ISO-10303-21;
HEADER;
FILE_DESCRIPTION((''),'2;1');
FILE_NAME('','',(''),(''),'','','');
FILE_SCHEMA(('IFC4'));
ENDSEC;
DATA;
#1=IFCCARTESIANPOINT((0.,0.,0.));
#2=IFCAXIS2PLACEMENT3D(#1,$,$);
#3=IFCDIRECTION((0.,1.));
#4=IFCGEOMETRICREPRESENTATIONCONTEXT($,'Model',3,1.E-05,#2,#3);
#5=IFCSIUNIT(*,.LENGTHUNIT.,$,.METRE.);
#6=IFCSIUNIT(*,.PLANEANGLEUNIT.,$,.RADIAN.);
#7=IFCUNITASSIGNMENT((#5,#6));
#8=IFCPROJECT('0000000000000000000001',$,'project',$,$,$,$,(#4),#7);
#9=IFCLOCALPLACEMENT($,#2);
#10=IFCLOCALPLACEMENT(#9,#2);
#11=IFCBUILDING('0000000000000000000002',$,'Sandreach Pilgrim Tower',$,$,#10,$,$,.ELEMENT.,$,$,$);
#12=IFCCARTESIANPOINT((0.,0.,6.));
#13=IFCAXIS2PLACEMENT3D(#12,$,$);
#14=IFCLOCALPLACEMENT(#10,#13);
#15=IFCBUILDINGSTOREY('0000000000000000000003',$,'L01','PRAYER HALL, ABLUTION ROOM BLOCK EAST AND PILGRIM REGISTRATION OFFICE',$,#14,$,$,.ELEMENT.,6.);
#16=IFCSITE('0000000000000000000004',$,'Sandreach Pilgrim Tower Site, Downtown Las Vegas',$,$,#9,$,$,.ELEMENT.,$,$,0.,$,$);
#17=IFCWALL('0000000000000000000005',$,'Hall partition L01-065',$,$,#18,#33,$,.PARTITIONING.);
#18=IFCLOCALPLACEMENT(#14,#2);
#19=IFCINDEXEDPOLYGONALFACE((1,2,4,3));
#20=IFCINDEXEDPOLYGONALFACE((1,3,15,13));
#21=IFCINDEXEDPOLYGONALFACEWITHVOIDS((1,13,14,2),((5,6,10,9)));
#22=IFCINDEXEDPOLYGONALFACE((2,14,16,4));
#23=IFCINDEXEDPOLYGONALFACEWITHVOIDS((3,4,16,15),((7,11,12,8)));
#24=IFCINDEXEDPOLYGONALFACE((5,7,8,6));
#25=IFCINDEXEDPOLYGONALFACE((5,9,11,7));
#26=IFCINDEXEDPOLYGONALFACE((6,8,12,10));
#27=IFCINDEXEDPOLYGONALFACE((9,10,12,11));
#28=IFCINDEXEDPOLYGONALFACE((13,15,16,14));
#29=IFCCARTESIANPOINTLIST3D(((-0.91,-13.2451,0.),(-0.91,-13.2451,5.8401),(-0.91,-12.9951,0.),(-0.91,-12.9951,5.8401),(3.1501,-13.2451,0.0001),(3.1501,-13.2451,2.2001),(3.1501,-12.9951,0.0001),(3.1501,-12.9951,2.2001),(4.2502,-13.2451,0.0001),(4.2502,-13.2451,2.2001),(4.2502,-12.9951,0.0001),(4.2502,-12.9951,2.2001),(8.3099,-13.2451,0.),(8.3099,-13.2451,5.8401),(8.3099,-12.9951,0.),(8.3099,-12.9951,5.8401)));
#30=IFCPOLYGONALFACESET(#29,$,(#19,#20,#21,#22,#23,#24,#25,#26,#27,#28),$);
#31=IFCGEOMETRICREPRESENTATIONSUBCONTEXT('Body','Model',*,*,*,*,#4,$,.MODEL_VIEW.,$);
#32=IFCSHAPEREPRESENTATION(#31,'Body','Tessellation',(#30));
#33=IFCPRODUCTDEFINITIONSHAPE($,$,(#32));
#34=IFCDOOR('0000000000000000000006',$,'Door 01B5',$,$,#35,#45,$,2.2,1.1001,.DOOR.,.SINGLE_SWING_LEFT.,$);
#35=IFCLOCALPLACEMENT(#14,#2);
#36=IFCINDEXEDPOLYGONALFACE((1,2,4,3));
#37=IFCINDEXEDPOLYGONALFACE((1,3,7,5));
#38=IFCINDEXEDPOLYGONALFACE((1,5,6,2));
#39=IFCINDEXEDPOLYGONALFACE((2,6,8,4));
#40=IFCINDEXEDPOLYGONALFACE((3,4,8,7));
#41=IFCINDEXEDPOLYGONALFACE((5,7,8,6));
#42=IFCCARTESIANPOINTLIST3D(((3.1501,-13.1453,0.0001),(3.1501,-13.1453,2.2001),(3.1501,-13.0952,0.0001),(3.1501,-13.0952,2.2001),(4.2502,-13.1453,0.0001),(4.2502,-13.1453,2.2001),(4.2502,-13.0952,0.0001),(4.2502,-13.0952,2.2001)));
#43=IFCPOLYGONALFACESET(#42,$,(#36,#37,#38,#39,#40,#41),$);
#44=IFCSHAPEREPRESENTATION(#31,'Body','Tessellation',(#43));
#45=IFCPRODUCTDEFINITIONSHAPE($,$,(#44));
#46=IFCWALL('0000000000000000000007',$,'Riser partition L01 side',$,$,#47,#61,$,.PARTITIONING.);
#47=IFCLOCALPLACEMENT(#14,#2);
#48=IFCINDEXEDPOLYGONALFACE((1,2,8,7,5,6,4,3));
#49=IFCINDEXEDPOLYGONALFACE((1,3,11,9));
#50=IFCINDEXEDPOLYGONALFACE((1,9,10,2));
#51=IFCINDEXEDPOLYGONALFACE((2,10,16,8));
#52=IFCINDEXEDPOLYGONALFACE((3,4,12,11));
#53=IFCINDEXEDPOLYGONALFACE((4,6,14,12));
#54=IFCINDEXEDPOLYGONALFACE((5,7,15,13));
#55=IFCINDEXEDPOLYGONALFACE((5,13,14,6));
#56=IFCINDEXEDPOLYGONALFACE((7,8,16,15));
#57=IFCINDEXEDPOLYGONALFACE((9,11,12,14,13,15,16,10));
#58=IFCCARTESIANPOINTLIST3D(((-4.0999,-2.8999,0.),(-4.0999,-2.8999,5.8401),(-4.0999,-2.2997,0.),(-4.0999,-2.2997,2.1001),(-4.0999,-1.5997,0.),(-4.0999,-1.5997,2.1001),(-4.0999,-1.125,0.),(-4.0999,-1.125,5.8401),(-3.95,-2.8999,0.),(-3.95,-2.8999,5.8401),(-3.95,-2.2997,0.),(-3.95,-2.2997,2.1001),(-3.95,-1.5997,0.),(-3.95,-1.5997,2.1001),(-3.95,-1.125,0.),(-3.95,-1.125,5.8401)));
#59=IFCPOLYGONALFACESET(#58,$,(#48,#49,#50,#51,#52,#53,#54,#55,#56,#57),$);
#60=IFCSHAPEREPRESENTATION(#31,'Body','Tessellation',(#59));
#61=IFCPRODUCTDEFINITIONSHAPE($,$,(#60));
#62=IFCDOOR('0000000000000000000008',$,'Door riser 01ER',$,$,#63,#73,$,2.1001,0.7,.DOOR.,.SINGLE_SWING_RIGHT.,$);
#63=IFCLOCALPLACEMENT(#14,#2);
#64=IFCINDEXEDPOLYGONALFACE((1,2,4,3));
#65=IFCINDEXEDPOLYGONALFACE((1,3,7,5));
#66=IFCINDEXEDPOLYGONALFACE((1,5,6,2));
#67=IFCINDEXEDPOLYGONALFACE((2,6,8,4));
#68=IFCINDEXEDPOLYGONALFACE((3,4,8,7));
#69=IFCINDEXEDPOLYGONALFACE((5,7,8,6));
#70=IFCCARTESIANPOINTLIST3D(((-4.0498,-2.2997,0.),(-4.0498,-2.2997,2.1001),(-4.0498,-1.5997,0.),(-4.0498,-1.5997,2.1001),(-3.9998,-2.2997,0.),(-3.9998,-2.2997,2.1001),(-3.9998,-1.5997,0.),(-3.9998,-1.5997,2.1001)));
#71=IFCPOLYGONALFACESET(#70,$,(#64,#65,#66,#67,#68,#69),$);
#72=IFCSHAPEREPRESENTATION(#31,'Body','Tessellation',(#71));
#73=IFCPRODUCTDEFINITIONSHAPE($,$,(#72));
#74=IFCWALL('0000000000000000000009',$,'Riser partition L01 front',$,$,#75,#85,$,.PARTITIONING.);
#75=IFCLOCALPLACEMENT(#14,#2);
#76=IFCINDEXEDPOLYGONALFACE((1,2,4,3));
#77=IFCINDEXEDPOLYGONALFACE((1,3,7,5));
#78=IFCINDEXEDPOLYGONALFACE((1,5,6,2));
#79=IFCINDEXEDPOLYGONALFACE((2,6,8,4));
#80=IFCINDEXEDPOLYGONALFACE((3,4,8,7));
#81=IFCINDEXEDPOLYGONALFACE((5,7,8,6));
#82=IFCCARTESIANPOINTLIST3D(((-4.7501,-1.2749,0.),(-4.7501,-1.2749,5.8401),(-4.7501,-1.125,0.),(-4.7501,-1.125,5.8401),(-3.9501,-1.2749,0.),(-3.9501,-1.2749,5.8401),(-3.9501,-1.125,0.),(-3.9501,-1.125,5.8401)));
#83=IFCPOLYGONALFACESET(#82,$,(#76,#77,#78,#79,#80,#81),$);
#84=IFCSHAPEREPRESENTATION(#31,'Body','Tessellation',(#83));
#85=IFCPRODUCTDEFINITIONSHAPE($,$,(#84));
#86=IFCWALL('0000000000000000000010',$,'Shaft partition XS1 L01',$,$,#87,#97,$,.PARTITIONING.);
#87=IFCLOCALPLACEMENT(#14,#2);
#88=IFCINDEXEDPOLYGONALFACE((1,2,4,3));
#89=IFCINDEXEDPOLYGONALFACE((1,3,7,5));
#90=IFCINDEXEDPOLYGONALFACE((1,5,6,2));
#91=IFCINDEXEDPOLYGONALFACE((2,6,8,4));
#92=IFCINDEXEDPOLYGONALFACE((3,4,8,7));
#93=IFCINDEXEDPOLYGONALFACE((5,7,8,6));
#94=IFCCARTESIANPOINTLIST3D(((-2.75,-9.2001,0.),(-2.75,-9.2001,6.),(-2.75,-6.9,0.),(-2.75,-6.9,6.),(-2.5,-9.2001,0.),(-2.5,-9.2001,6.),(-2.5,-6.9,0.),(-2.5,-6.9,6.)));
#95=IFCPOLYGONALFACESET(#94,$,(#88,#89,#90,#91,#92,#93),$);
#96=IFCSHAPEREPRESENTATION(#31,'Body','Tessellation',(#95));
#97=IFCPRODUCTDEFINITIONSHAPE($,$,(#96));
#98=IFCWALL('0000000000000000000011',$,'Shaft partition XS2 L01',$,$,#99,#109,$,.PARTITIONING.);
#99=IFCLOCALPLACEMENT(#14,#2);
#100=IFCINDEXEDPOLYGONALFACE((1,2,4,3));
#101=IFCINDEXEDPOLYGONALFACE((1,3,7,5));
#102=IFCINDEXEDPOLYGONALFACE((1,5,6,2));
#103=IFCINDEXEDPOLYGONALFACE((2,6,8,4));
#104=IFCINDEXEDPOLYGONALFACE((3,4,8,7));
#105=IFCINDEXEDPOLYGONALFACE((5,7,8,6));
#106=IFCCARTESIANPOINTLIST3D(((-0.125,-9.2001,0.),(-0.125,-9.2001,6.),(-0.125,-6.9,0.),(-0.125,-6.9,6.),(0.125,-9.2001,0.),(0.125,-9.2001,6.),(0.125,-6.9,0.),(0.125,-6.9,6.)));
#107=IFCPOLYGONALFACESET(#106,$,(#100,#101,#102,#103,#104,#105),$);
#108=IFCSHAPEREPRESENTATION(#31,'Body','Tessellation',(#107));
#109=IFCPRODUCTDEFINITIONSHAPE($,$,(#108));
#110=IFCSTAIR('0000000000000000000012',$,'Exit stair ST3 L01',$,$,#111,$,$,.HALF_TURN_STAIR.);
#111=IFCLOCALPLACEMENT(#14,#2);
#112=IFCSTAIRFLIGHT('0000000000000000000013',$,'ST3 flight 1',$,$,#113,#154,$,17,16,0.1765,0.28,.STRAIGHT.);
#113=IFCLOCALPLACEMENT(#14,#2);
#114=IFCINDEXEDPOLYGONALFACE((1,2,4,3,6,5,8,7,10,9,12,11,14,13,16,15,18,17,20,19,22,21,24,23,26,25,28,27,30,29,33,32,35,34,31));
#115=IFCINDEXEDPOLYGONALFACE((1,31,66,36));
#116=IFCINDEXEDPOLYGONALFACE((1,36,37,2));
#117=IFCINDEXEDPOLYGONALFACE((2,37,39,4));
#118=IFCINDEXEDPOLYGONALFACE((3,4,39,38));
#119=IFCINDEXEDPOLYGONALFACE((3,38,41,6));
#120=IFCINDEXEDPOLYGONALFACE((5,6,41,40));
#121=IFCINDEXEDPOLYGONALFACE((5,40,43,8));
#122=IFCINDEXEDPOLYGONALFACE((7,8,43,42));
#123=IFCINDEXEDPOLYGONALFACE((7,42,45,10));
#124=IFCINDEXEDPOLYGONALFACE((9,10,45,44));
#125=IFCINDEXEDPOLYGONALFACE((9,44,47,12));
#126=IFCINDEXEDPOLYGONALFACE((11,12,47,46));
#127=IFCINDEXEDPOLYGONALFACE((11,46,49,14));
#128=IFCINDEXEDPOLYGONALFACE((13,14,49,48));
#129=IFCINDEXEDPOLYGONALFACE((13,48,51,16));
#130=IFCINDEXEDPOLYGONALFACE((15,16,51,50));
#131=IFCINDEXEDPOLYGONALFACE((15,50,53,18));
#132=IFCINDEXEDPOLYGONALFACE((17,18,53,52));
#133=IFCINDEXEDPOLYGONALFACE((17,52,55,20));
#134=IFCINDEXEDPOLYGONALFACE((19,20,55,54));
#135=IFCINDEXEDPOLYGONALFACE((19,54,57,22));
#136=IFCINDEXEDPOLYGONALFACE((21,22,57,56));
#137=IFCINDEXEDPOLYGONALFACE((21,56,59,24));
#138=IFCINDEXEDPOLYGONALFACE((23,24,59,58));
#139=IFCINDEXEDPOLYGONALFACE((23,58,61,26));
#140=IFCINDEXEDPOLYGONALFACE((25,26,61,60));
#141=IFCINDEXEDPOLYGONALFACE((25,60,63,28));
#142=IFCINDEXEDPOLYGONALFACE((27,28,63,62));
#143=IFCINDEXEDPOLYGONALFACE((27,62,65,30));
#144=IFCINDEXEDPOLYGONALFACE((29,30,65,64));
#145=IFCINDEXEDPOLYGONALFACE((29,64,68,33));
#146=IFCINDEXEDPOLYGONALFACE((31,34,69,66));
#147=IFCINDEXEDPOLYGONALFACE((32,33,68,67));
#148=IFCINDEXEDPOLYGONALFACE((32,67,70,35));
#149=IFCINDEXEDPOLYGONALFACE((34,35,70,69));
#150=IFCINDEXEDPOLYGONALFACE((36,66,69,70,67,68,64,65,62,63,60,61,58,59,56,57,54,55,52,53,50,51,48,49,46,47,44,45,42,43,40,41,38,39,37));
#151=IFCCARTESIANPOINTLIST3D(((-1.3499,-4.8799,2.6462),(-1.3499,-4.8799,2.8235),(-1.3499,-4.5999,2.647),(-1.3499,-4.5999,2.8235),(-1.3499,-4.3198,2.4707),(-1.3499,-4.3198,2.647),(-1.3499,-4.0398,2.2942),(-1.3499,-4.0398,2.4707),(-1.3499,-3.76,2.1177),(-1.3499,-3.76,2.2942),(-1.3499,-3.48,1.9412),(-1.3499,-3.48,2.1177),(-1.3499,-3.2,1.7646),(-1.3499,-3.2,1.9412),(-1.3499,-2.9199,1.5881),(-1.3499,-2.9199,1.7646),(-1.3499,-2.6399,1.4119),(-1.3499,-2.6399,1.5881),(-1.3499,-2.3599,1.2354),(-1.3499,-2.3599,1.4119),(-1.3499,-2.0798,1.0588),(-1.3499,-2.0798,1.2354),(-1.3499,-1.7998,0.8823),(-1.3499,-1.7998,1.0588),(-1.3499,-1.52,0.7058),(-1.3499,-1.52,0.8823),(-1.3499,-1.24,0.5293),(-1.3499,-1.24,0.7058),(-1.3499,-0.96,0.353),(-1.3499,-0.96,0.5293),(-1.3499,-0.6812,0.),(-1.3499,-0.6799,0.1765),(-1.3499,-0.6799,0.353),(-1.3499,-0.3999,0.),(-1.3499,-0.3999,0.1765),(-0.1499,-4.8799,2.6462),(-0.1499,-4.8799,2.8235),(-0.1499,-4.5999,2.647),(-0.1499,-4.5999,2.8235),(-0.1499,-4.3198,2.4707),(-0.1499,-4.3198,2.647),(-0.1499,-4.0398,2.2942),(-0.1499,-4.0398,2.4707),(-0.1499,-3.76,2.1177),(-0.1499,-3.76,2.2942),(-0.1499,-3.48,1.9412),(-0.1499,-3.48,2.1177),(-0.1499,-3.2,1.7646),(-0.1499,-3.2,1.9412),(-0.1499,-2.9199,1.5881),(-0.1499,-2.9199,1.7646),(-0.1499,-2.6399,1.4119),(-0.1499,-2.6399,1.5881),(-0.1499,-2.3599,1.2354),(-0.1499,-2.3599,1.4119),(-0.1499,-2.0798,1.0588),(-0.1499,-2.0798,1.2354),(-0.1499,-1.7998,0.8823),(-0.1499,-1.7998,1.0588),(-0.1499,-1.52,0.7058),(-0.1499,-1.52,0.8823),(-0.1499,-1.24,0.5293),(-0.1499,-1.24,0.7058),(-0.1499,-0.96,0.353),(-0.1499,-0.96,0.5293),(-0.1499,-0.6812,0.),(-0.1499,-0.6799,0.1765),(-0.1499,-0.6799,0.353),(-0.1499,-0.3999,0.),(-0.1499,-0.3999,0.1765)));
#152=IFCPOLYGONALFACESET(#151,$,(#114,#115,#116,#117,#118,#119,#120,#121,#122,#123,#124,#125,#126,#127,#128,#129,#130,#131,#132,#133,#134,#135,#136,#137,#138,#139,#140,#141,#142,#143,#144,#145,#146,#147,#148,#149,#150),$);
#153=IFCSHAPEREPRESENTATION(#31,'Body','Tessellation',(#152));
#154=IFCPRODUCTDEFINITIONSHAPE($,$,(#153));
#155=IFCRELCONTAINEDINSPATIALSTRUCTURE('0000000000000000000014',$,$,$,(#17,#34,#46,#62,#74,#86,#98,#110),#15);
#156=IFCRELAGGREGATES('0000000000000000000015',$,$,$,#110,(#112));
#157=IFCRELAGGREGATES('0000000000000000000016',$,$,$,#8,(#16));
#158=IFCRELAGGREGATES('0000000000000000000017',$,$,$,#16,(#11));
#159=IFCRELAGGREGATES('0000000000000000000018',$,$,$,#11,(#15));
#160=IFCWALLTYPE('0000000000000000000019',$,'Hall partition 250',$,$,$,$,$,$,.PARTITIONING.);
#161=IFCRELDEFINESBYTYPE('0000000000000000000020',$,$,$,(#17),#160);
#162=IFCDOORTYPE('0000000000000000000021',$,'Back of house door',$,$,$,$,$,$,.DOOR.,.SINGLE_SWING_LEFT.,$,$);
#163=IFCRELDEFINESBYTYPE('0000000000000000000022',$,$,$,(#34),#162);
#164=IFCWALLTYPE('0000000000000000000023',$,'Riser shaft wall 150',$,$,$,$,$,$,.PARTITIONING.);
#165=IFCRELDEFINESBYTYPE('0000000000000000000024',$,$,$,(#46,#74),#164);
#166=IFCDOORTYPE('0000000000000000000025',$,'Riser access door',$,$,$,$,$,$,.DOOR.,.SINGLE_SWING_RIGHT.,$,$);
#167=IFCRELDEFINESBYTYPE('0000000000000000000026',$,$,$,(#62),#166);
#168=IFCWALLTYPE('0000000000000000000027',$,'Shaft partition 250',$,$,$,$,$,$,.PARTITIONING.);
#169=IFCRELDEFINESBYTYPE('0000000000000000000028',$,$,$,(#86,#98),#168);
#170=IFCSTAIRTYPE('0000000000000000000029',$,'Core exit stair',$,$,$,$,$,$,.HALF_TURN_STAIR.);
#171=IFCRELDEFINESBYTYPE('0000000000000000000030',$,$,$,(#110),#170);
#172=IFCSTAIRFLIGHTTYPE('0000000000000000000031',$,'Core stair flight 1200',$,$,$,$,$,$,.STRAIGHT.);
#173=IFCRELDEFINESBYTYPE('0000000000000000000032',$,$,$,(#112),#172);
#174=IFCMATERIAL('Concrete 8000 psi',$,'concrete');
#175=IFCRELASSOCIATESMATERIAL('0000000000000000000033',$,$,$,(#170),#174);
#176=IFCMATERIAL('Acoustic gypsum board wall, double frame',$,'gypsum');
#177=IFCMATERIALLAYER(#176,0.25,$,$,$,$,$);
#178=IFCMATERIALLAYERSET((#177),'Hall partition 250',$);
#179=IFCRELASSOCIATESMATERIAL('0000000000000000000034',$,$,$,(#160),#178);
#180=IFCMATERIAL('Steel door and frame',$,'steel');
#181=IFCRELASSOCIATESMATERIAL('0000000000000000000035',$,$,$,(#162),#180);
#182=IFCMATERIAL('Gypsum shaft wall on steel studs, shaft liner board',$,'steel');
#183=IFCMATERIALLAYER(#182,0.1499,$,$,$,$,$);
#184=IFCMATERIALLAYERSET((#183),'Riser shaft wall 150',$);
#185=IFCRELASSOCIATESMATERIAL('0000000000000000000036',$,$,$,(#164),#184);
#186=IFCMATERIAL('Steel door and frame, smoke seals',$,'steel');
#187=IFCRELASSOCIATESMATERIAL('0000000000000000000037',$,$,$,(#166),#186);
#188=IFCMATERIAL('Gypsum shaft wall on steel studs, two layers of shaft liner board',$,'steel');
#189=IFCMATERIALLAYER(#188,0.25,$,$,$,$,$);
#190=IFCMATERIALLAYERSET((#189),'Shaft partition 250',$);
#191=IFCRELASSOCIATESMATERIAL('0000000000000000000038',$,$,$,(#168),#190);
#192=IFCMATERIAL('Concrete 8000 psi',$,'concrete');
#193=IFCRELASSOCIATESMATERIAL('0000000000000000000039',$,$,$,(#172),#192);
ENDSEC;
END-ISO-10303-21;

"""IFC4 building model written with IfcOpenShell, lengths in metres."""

from ifc_helpers import new_model, si_unit, direction, frame, frame_2d, origin, place, context, subcontext, project, spatial, polyline, rectangle, outline, extrude, material, layer, layer_set, type_object, element, fill, aggregate, save


model = new_model("IFC4")

# Units and contexts
model_context = context("Model", 3, precision=1e-05, world=origin(), true_north=direction((0.0, 1.0)))
body_context = subcontext(model_context, "Body", "Model", "MODEL_VIEW")
ifc_project = project(units=[si_unit("LENGTHUNIT", "METRE"), si_unit("PLANEANGLEUNIT", "RADIAN")], contexts=[model_context])

# Site, building, storey
site_placement = place(None, origin())
site = spatial("IfcSite", under=ifc_project, at=site_placement, Name="Sandreach Pilgrim Tower Site, Downtown Las Vegas", CompositionType="ELEMENT", RefElevation=0.0)
building_placement = place(site_placement, origin())
building = spatial("IfcBuilding", under=site, at=building_placement, Name="Sandreach Pilgrim Tower", CompositionType="ELEMENT")
storey_placement = place(building_placement, frame((0.0, 0.0, 6.0)))
storey = spatial("IfcBuildingStorey", under=building, at=storey_placement, Name="L01", Description="PRAYER HALL, ABLUTION ROOM BLOCK EAST AND PILGRIM REGISTRATION OFFICE", CompositionType="ELEMENT", Elevation=6.0)

# Shared definitions
ifc_material_1 = material(Name="Concrete 8000 psi", Category="concrete")
stair_type = type_object("IfcStairType", Name="Core exit stair", PredefinedType="HALF_TURN_STAIR", material=ifc_material_1)

# Shared definitions
ifc_material_2 = material(Name="Acoustic gypsum board wall, double frame", Category="gypsum")
ifc_layer_1 = layer(ifc_material_2, 0.25)
ifc_layer_set_1 = layer_set([ifc_layer_1], Name="Hall partition 250")
wall_type_1 = type_object("IfcWallType", Name="Hall partition 250", PredefinedType="PARTITIONING", material=ifc_layer_set_1)

# Shared definitions
ifc_material_3 = material(Name="Steel door and frame", Category="steel")
door_type_1 = type_object("IfcDoorType", Name="Back of house door", OperationType="SINGLE_SWING_LEFT", PredefinedType="DOOR", material=ifc_material_3)

# Walls, openings, doors
wall_1_placement = place(storey_placement, frame((-0.9099, -13.1201, 0.0), z_axis=(0.0, 0.0, 1.0), x_axis=(1.0, 0.0, 0.0)))
wall_1 = element("IfcWall", 1, at=wall_1_placement, inside=storey, type_object=wall_type_1, Name="Hall partition L01-065", PredefinedType="PARTITIONING", context=body_context, shape_type="SweptSolid", body=[
    extrude(rectangle(XDim=9.22, YDim=0.25, at=frame_2d((4.6099, 0.0))), origin(), (0.0, 0.0, 1.0), 5.8401),
])
opening_1_placement = place(wall_1_placement, frame((4.0601, 0.0, 0.0)))
opening_1 = element("IfcOpeningElement", 2, at=opening_1_placement, cuts=wall_1, PredefinedType="OPENING", context=body_context, shape_type="SweptSolid", body=[
    extrude(rectangle(XDim=1.1001, YDim=2.2, at=frame_2d((0.55, 1.1001))), frame((0.0, 0.125, 0.0), z_axis=(0.0, -1.0, 0.0), x_axis=(1.0, 0.0, 0.0)), (0.0, 0.0, 1.0), 0.25),
])
door_1_placement = place(opening_1_placement, origin())
door_1 = element("IfcDoor", 3, at=door_1_placement, inside=storey, type_object=door_type_1, Name="Door 01B5", OperationType="SINGLE_SWING_LEFT", OverallHeight=2.2, OverallWidth=1.1001, PredefinedType="DOOR", context=body_context, shape_type="SweptSolid", body=[
    extrude(rectangle(XDim=1.1001, YDim=2.2, at=frame_2d((0.55, 1.1001))), frame((0.0, 0.0249, 0.0), z_axis=(0.0, -1.0, 0.0), x_axis=(1.0, 0.0, 0.0)), (0.0, 0.0, 1.0), 0.05),
])
fill(opening_1, door_1)
ifc_material_4 = material(Name="Gypsum shaft wall on steel studs, shaft liner board", Category="steel")
ifc_layer_2 = layer(ifc_material_4, 0.1499)
ifc_layer_set_2 = layer_set([ifc_layer_2], Name="Riser shaft wall 150")
wall_type_2 = type_object("IfcWallType", Name="Riser shaft wall 150", PredefinedType="PARTITIONING", material=ifc_layer_set_2)
wall_2_placement = place(storey_placement, frame((-4.0249, -2.8999, 0.0), z_axis=(0.0, 0.0, 1.0), x_axis=(0.0, 1.0, 0.0)))
wall_2 = element("IfcWall", 4, at=wall_2_placement, inside=storey, type_object=wall_type_2, Name="Riser partition L01 side", PredefinedType="PARTITIONING", context=body_context, shape_type="SweptSolid", body=[
    extrude(rectangle(XDim=1.7749, YDim=0.1499, at=frame_2d((0.8875, 0.0))), origin(), (0.0, 0.0, 1.0), 5.8401),
])
opening_2_placement = place(wall_2_placement, frame((0.6001, 0.0, 0.0)))
opening_2 = element("IfcOpeningElement", 5, at=opening_2_placement, cuts=wall_2, PredefinedType="OPENING", context=body_context, shape_type="SweptSolid", body=[
    extrude(rectangle(XDim=0.7, YDim=2.1001, at=frame_2d((0.3501, 1.05))), frame((0.0, 0.075, 0.0), z_axis=(0.0, -1.0, 0.0), x_axis=(1.0, 0.0, 0.0)), (0.0, 0.0, 1.0), 0.1499),
])
ifc_material_5 = material(Name="Steel door and frame, smoke seals", Category="steel")
door_type_2 = type_object("IfcDoorType", Name="Riser access door", OperationType="SINGLE_SWING_RIGHT", PredefinedType="DOOR", material=ifc_material_5)
door_2_placement = place(opening_2_placement, origin())
door_2 = element("IfcDoor", 6, at=door_2_placement, inside=storey, type_object=door_type_2, Name="Door riser 01ER", OperationType="SINGLE_SWING_RIGHT", OverallHeight=2.1001, OverallWidth=0.7, PredefinedType="DOOR", context=body_context, shape_type="SweptSolid", body=[
    extrude(rectangle(XDim=0.7, YDim=2.1001, at=frame_2d((0.3501, 1.05))), frame((0.0, 0.0249, 0.0), z_axis=(0.0, -1.0, 0.0), x_axis=(1.0, 0.0, 0.0)), (0.0, 0.0, 1.0), 0.05),
])
fill(opening_2, door_2)

# Walls
wall_3_placement = place(storey_placement, frame((-4.75, -1.2, 0.0), z_axis=(0.0, 0.0, 1.0), x_axis=(1.0, 0.0, 0.0)))
element("IfcWall", 7, at=wall_3_placement, inside=storey, type_object=wall_type_2, Name="Riser partition L01 front", PredefinedType="PARTITIONING", context=body_context, shape_type="SweptSolid", body=[
    extrude(rectangle(XDim=0.8, YDim=0.1499, at=frame_2d((0.3999, 0.0))), origin(), (0.0, 0.0, 1.0), 5.8401),
])
ifc_material_6 = material(Name="Gypsum shaft wall on steel studs, two layers of shaft liner board", Category="steel")
ifc_layer_3 = layer(ifc_material_6, 0.25)
ifc_layer_set_3 = layer_set([ifc_layer_3], Name="Shaft partition 250")
wall_type_3 = type_object("IfcWallType", Name="Shaft partition 250", PredefinedType="PARTITIONING", material=ifc_layer_set_3)
for number, where, z_axis, x_axis, name in (
    (8, (-2.625, -9.2, 0.0), (0.0, 0.0, 1.0), (0.0, 1.0, 0.0), "Shaft partition XS1 L01"),
    (9, (0.0, -9.2, 0.0), (0.0, 0.0, 1.0), (0.0, 1.0, 0.0), "Shaft partition XS2 L01"),
):
    element("IfcWall", number, at=place(storey_placement, frame(where, z_axis=z_axis, x_axis=x_axis)), inside=storey, type_object=wall_type_3, Name=name, PredefinedType="PARTITIONING", context=body_context, shape_type="SweptSolid", body=[
        extrude(rectangle(XDim=2.3, YDim=0.25, at=frame_2d((1.1499, 0.0))), origin(), (0.0, 0.0, 1.0), 6.0),
    ])

# Stair, stair flight
stair_1_placement = place(storey_placement, origin())
stair_1 = element("IfcStair", 10, at=stair_1_placement, inside=storey, type_object=stair_type, Name="Exit stair ST3 L01", PredefinedType="HALF_TURN_STAIR")
ifc_material_7 = material(Name="Concrete 8000 psi", Category="concrete")
stair_flight_type = type_object("IfcStairFlightType", Name="Core stair flight 1200", PredefinedType="STRAIGHT", material=ifc_material_7)
stair_flight_placement = place(storey_placement, frame((-0.75, -0.3999, 0.0), z_axis=(0.0, 0.0, 1.0), x_axis=(0.0, -1.0, 0.0)))
stair_flight = element("IfcStairFlight", 11, at=stair_flight_placement, type_object=stair_flight_type, Name="ST3 flight 1", NumberOfRisers=17, NumberOfTreads=16, PredefinedType="STRAIGHT", RiserHeight=0.1765, TreadLength=0.28, context=body_context, shape_type="SweptSolid", body=[
    extrude(outline(polyline([(0.0, 0.0), (0.0, 0.1765), (0.28, 0.1765), (0.28, 0.353), (0.5601, 0.353), (0.5601, 0.5293), (0.8401, 0.5293), (0.8401, 0.7058), (1.1201, 0.7058), (1.1201, 0.8823), (1.3999, 0.8823), (1.3999, 1.0588), (1.6799, 1.0588), (1.6799, 1.2354), (1.96, 1.2354), (1.96, 1.4119), (2.24, 1.4119), (2.24, 1.5881), (2.52, 1.5881), (2.52, 1.7646), (2.8, 1.7646), (2.8, 1.9412), (3.0801, 1.9412), (3.0801, 2.1177), (3.3601, 2.1177), (3.3601, 2.2942), (3.6399, 2.2942), (3.6399, 2.4707), (3.9199, 2.4707), (3.9199, 2.647), (4.2, 2.647), (4.2, 2.8235), (4.48, 2.8235), (4.48, 3.0), (4.48, 2.6462), (0.2812, 0.0), (0.0, 0.0)])), frame((0.0, 0.6001, 0.0), z_axis=(0.0, -1.0, 0.0), x_axis=(1.0, 0.0, 0.0)), (0.0, 0.0, 1.0), 1.2),
])
aggregate(stair_1, [stair_flight])

save(model, "model.ifc")
